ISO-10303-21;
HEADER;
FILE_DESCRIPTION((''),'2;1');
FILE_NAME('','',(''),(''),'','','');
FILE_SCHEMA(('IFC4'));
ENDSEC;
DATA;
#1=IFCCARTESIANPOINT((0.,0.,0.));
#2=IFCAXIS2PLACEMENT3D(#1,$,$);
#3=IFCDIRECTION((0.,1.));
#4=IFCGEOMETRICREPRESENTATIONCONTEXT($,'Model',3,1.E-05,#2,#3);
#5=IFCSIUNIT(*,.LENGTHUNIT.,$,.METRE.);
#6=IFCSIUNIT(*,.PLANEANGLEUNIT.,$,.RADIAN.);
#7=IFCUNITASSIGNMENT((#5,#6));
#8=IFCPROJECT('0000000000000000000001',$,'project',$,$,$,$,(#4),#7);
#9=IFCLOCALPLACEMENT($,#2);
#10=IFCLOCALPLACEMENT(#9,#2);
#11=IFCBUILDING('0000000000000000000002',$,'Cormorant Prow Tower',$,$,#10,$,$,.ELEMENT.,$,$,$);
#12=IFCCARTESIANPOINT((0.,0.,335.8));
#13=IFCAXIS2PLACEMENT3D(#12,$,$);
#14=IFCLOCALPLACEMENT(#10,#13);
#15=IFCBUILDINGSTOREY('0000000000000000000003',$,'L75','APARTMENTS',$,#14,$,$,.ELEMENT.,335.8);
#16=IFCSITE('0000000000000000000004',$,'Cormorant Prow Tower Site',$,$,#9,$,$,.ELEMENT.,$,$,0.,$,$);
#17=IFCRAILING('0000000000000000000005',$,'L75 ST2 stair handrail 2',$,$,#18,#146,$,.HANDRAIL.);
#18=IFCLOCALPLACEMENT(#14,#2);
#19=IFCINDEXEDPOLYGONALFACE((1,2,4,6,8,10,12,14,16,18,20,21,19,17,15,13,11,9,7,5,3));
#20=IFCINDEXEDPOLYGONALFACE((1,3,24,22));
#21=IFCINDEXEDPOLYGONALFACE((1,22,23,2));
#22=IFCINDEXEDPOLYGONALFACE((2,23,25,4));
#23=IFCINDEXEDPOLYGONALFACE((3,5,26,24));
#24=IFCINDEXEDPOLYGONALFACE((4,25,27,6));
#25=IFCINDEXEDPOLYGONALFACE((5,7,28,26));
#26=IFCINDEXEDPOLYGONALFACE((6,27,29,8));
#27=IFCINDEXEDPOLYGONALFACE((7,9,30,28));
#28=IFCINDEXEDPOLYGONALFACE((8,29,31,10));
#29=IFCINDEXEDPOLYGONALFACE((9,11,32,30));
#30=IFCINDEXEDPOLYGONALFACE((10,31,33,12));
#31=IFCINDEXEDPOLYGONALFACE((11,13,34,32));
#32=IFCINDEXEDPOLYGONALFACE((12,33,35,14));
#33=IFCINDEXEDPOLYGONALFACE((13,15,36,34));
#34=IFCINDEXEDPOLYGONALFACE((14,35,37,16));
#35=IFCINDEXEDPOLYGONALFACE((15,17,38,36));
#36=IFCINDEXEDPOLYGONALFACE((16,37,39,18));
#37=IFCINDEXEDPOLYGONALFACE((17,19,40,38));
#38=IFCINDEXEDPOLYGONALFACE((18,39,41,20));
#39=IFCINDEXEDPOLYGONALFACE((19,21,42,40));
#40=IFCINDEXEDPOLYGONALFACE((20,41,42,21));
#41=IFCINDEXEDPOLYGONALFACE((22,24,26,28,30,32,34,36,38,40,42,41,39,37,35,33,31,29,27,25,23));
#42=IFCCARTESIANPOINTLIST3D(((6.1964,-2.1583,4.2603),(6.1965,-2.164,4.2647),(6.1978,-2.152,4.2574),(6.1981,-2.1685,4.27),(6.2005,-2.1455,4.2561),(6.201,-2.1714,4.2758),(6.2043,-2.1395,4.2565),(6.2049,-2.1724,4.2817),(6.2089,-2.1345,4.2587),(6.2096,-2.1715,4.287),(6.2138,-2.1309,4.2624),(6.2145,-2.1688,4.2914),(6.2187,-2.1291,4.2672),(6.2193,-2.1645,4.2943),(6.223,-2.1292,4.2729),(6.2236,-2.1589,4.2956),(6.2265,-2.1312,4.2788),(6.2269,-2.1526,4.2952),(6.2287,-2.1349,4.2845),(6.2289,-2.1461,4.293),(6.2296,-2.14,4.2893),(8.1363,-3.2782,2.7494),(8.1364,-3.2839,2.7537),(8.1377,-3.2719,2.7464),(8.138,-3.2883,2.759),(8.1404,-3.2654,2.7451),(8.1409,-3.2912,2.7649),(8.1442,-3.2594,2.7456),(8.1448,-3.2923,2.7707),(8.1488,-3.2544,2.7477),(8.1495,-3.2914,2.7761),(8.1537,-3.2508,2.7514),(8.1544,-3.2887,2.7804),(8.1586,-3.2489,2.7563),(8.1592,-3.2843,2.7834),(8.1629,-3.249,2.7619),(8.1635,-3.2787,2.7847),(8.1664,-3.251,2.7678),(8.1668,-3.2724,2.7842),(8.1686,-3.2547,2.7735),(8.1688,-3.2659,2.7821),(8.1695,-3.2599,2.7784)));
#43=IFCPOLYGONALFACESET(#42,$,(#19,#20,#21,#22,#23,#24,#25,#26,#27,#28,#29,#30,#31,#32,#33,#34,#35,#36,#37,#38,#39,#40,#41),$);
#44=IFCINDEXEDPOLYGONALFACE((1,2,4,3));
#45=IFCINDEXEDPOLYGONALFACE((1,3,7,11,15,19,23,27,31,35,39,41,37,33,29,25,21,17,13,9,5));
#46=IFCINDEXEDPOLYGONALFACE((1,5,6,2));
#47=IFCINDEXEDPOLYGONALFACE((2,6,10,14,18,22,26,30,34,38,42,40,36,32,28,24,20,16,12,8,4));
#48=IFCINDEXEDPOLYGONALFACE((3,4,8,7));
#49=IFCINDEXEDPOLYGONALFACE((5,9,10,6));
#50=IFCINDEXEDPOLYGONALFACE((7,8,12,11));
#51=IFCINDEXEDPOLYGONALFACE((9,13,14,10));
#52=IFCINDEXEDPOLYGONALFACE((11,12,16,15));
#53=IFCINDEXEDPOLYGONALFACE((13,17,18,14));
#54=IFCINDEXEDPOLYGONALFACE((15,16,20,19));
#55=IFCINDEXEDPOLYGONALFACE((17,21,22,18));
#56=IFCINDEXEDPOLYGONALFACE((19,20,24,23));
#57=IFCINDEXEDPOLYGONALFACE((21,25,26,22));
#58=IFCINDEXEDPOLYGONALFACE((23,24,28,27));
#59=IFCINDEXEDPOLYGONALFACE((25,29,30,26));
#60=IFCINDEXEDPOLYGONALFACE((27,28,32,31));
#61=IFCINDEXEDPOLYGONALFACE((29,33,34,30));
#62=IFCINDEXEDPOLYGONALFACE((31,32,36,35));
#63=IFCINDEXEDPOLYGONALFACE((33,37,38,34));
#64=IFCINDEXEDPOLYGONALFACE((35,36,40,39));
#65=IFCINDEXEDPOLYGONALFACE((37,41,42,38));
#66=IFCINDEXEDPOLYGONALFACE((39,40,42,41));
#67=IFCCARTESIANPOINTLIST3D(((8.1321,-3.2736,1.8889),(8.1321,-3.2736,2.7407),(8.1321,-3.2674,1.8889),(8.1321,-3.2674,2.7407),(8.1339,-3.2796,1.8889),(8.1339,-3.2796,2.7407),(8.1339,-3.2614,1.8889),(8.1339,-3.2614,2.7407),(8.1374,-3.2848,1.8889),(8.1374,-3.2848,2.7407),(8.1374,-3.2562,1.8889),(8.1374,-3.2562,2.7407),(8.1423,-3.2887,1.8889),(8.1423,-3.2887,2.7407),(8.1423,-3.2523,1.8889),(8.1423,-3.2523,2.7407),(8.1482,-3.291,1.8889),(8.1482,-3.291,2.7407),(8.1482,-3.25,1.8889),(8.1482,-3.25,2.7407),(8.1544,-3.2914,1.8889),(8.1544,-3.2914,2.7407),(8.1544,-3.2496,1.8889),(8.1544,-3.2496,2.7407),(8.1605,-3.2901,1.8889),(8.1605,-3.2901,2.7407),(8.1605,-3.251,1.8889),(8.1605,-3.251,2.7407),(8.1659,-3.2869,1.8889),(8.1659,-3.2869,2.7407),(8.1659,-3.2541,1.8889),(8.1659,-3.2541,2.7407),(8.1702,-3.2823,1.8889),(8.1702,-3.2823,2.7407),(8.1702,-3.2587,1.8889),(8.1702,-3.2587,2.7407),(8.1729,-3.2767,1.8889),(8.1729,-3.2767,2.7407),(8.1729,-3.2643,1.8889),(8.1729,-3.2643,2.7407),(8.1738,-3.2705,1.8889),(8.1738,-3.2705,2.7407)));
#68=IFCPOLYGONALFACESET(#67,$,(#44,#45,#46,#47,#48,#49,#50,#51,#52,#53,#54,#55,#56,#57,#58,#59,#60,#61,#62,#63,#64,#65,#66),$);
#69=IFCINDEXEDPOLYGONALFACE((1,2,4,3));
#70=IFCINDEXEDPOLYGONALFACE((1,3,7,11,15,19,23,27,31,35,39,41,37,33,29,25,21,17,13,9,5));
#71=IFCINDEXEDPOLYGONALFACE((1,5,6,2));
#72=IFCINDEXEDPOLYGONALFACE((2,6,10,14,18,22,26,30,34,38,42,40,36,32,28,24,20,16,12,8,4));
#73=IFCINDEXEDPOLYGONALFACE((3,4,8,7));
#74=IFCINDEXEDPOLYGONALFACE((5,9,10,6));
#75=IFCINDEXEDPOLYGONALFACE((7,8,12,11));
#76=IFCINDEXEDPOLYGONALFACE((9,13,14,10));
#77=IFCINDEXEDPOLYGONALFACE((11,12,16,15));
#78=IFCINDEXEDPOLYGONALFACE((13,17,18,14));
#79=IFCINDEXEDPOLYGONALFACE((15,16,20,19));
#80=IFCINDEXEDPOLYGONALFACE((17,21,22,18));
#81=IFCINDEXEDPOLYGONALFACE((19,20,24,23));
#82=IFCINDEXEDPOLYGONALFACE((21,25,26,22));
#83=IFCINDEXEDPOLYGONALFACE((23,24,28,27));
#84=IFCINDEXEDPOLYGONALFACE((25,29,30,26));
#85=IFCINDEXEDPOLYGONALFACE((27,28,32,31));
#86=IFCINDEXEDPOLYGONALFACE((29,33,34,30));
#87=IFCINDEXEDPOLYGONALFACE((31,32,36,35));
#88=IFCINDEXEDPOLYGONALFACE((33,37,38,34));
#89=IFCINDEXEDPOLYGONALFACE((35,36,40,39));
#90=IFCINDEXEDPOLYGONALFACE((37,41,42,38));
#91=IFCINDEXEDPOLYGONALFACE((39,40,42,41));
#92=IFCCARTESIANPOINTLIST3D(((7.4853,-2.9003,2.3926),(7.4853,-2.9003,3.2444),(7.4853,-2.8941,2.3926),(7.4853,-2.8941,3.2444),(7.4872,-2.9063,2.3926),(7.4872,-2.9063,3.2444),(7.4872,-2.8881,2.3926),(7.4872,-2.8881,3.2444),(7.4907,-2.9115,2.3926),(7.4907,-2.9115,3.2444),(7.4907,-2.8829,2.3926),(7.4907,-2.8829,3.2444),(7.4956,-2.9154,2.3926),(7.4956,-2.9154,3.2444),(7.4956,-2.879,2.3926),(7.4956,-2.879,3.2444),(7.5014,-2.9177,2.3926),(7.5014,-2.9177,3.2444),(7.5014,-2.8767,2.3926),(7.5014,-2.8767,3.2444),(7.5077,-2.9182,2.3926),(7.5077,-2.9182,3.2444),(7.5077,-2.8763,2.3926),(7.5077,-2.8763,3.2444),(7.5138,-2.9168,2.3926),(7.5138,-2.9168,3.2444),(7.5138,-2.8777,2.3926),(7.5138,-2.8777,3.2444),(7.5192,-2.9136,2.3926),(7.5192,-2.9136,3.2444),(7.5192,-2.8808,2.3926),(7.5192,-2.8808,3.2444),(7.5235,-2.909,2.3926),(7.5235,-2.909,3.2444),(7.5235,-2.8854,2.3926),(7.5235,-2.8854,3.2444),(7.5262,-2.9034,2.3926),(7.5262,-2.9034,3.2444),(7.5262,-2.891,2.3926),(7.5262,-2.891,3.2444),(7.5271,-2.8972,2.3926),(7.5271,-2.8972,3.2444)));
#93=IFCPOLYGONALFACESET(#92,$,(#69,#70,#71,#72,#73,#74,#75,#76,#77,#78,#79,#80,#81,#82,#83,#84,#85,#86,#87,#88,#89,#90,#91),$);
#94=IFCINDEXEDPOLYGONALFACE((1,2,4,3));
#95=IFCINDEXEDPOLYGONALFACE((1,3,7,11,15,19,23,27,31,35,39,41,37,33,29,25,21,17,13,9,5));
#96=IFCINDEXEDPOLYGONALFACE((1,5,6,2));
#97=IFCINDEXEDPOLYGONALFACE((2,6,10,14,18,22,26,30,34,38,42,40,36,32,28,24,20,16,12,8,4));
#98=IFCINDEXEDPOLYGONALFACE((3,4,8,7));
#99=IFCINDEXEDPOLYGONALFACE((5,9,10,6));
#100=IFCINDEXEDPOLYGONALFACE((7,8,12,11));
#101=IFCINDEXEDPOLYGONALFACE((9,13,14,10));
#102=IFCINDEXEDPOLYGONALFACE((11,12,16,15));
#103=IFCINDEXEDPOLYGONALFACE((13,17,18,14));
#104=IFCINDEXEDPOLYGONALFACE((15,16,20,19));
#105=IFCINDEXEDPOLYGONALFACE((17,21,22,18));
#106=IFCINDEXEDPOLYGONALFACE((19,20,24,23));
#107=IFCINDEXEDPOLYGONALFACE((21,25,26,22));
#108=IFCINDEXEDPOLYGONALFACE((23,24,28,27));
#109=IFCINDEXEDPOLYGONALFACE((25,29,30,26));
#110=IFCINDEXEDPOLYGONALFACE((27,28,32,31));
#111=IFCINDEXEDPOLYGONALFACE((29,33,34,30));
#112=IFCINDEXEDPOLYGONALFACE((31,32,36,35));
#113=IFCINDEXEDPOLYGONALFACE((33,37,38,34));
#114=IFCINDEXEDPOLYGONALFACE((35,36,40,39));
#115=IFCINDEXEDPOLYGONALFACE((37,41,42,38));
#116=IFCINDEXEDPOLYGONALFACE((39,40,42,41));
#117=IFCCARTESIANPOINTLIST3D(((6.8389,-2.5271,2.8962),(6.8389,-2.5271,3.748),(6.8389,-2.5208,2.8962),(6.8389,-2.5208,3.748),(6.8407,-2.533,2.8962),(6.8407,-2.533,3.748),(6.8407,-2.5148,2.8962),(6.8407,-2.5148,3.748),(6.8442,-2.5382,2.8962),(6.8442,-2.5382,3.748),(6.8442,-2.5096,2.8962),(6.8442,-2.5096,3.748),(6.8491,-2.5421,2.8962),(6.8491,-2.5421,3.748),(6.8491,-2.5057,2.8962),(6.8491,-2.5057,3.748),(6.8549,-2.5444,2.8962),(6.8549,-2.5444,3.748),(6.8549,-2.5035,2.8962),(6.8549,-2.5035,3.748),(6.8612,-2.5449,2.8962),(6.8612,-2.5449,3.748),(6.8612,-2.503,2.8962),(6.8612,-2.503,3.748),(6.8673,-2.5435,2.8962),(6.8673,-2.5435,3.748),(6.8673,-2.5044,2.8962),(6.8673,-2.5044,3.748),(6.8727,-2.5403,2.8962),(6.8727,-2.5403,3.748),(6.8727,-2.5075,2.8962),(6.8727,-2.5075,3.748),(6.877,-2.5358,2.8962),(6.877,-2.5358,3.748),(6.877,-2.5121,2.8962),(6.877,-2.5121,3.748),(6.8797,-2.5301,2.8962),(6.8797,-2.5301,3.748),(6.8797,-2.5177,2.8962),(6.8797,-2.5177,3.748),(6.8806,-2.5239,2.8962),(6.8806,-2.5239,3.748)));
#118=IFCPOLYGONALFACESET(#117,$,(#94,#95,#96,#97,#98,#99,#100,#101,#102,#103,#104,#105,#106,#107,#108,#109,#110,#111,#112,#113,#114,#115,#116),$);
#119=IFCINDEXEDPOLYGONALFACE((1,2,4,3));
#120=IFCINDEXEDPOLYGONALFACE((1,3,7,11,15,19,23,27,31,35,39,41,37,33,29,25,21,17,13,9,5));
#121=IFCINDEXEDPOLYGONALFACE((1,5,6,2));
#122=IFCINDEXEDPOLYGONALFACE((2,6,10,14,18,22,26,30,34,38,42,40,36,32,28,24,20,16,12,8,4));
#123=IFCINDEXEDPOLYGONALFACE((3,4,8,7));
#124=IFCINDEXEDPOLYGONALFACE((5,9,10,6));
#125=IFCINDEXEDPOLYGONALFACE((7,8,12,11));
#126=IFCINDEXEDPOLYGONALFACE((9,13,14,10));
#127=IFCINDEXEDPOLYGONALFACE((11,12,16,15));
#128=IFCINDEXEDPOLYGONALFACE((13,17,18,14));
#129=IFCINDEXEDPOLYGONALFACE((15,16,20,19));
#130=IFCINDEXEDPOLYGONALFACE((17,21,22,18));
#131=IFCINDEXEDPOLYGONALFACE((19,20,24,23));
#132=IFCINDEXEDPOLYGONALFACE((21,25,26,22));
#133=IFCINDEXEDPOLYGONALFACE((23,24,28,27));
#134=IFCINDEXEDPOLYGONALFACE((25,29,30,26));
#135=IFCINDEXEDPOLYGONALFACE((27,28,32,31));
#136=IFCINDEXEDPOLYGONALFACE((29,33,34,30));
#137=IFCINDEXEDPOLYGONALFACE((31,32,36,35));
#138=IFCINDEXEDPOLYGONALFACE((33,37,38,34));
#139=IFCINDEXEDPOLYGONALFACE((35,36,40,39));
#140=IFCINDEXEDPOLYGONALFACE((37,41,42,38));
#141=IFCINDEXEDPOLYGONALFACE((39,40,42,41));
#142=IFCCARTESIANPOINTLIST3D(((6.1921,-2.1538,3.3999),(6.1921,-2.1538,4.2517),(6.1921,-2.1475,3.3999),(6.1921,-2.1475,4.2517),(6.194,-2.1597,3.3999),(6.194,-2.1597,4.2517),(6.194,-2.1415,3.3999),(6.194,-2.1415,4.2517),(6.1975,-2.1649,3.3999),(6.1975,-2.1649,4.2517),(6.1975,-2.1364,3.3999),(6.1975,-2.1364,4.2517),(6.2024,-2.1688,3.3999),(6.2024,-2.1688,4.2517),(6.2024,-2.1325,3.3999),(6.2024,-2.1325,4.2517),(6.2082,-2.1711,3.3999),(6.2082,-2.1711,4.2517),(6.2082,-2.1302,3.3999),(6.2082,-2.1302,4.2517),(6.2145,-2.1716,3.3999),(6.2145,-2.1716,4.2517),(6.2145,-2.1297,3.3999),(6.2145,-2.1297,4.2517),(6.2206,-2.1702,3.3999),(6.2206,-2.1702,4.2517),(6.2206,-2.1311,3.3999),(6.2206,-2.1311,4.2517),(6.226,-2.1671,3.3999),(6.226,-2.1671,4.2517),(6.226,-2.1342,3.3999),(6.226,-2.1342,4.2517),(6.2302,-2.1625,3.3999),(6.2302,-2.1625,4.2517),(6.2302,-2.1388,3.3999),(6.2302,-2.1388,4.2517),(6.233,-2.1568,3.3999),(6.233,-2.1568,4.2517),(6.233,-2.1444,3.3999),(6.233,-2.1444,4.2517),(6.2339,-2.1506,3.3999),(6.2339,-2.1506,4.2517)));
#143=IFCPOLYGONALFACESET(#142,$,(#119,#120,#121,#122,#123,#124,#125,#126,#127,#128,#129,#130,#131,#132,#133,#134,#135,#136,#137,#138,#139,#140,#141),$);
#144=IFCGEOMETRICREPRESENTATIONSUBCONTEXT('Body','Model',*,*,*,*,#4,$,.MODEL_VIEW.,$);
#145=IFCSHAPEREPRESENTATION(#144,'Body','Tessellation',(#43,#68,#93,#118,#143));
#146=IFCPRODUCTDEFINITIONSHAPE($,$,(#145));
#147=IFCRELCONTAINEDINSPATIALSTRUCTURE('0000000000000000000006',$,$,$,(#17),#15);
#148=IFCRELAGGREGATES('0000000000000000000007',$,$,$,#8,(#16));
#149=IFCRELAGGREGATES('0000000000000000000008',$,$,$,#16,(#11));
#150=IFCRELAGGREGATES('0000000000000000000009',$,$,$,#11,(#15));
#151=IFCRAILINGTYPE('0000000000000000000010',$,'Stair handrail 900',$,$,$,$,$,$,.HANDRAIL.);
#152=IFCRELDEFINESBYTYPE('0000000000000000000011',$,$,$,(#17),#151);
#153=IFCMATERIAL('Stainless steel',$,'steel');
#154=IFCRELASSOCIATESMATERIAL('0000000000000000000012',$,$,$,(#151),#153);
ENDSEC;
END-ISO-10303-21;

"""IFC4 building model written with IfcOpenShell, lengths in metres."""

from ifc_helpers import new_model, si_unit, direction, frame, origin, origin_2d, place, context, subcontext, project, spatial, circle, extrude, material, type_object, element, save


model = new_model("IFC4")

# Units and contexts
model_context = context("Model", 3, precision=1e-05, world=origin(), true_north=direction((0.0, 1.0)))
body_context = subcontext(model_context, "Body", "Model", "MODEL_VIEW")
ifc_project = project(units=[si_unit("LENGTHUNIT", "METRE"), si_unit("PLANEANGLEUNIT", "RADIAN")], contexts=[model_context])

# Site, building, storey
site_placement = place(None, origin())
site = spatial("IfcSite", under=ifc_project, at=site_placement, Name="Cormorant Prow Tower Site", CompositionType="ELEMENT", RefElevation=0.0)
building_placement = place(site_placement, origin())
building = spatial("IfcBuilding", under=site, at=building_placement, Name="Cormorant Prow Tower", CompositionType="ELEMENT")
storey_placement = place(building_placement, frame((0.0, 0.0, 335.8)))
storey = spatial("IfcBuildingStorey", under=building, at=storey_placement, Name="L75", Description="APARTMENTS", CompositionType="ELEMENT", Elevation=335.8)

# Railing
ifc_material_1 = material(Name="Stainless steel", Category="steel")
railing_type_1 = type_object("IfcRailingType", Name="Stair handrail 900", PredefinedType="HANDRAIL", material=ifc_material_1)
railing_1_placement = place(storey_placement, frame((8.1528, -3.2705, 1.8889)))
element("IfcRailing", 1, at=railing_1_placement, inside=storey, type_object=railing_type_1, Name="L75 ST2 stair handrail 2", PredefinedType="HANDRAIL", context=body_context, shape_type="SweptSolid", body=[
    extrude(circle(Radius=0.0239, at=origin_2d()), frame((0.0, 0.0, 0.876), z_axis=(-0.717977, 0.414467, 0.559219), x_axis=(-0.499949, -0.866055, 0.0)), (0.0, 0.0, 1.0), 2.7019),
    extrude(circle(Radius=0.021, at=origin_2d()), origin(), (0.0, 0.0, 1.0), 0.8518),
    extrude(circle(Radius=0.021, at=origin_2d()), frame((-0.6467, 0.3733, 0.5037)), (0.0, 0.0, 1.0), 0.8518),
    extrude(circle(Radius=0.021, at=origin_2d()), frame((-1.2932, 0.7466, 1.0073)), (0.0, 0.0, 1.0), 0.8518),
    extrude(circle(Radius=0.021, at=origin_2d()), frame((-1.9399, 1.1199, 1.511)), (0.0, 0.0, 1.0), 0.8518),
])

save(model, "model.ifc")
